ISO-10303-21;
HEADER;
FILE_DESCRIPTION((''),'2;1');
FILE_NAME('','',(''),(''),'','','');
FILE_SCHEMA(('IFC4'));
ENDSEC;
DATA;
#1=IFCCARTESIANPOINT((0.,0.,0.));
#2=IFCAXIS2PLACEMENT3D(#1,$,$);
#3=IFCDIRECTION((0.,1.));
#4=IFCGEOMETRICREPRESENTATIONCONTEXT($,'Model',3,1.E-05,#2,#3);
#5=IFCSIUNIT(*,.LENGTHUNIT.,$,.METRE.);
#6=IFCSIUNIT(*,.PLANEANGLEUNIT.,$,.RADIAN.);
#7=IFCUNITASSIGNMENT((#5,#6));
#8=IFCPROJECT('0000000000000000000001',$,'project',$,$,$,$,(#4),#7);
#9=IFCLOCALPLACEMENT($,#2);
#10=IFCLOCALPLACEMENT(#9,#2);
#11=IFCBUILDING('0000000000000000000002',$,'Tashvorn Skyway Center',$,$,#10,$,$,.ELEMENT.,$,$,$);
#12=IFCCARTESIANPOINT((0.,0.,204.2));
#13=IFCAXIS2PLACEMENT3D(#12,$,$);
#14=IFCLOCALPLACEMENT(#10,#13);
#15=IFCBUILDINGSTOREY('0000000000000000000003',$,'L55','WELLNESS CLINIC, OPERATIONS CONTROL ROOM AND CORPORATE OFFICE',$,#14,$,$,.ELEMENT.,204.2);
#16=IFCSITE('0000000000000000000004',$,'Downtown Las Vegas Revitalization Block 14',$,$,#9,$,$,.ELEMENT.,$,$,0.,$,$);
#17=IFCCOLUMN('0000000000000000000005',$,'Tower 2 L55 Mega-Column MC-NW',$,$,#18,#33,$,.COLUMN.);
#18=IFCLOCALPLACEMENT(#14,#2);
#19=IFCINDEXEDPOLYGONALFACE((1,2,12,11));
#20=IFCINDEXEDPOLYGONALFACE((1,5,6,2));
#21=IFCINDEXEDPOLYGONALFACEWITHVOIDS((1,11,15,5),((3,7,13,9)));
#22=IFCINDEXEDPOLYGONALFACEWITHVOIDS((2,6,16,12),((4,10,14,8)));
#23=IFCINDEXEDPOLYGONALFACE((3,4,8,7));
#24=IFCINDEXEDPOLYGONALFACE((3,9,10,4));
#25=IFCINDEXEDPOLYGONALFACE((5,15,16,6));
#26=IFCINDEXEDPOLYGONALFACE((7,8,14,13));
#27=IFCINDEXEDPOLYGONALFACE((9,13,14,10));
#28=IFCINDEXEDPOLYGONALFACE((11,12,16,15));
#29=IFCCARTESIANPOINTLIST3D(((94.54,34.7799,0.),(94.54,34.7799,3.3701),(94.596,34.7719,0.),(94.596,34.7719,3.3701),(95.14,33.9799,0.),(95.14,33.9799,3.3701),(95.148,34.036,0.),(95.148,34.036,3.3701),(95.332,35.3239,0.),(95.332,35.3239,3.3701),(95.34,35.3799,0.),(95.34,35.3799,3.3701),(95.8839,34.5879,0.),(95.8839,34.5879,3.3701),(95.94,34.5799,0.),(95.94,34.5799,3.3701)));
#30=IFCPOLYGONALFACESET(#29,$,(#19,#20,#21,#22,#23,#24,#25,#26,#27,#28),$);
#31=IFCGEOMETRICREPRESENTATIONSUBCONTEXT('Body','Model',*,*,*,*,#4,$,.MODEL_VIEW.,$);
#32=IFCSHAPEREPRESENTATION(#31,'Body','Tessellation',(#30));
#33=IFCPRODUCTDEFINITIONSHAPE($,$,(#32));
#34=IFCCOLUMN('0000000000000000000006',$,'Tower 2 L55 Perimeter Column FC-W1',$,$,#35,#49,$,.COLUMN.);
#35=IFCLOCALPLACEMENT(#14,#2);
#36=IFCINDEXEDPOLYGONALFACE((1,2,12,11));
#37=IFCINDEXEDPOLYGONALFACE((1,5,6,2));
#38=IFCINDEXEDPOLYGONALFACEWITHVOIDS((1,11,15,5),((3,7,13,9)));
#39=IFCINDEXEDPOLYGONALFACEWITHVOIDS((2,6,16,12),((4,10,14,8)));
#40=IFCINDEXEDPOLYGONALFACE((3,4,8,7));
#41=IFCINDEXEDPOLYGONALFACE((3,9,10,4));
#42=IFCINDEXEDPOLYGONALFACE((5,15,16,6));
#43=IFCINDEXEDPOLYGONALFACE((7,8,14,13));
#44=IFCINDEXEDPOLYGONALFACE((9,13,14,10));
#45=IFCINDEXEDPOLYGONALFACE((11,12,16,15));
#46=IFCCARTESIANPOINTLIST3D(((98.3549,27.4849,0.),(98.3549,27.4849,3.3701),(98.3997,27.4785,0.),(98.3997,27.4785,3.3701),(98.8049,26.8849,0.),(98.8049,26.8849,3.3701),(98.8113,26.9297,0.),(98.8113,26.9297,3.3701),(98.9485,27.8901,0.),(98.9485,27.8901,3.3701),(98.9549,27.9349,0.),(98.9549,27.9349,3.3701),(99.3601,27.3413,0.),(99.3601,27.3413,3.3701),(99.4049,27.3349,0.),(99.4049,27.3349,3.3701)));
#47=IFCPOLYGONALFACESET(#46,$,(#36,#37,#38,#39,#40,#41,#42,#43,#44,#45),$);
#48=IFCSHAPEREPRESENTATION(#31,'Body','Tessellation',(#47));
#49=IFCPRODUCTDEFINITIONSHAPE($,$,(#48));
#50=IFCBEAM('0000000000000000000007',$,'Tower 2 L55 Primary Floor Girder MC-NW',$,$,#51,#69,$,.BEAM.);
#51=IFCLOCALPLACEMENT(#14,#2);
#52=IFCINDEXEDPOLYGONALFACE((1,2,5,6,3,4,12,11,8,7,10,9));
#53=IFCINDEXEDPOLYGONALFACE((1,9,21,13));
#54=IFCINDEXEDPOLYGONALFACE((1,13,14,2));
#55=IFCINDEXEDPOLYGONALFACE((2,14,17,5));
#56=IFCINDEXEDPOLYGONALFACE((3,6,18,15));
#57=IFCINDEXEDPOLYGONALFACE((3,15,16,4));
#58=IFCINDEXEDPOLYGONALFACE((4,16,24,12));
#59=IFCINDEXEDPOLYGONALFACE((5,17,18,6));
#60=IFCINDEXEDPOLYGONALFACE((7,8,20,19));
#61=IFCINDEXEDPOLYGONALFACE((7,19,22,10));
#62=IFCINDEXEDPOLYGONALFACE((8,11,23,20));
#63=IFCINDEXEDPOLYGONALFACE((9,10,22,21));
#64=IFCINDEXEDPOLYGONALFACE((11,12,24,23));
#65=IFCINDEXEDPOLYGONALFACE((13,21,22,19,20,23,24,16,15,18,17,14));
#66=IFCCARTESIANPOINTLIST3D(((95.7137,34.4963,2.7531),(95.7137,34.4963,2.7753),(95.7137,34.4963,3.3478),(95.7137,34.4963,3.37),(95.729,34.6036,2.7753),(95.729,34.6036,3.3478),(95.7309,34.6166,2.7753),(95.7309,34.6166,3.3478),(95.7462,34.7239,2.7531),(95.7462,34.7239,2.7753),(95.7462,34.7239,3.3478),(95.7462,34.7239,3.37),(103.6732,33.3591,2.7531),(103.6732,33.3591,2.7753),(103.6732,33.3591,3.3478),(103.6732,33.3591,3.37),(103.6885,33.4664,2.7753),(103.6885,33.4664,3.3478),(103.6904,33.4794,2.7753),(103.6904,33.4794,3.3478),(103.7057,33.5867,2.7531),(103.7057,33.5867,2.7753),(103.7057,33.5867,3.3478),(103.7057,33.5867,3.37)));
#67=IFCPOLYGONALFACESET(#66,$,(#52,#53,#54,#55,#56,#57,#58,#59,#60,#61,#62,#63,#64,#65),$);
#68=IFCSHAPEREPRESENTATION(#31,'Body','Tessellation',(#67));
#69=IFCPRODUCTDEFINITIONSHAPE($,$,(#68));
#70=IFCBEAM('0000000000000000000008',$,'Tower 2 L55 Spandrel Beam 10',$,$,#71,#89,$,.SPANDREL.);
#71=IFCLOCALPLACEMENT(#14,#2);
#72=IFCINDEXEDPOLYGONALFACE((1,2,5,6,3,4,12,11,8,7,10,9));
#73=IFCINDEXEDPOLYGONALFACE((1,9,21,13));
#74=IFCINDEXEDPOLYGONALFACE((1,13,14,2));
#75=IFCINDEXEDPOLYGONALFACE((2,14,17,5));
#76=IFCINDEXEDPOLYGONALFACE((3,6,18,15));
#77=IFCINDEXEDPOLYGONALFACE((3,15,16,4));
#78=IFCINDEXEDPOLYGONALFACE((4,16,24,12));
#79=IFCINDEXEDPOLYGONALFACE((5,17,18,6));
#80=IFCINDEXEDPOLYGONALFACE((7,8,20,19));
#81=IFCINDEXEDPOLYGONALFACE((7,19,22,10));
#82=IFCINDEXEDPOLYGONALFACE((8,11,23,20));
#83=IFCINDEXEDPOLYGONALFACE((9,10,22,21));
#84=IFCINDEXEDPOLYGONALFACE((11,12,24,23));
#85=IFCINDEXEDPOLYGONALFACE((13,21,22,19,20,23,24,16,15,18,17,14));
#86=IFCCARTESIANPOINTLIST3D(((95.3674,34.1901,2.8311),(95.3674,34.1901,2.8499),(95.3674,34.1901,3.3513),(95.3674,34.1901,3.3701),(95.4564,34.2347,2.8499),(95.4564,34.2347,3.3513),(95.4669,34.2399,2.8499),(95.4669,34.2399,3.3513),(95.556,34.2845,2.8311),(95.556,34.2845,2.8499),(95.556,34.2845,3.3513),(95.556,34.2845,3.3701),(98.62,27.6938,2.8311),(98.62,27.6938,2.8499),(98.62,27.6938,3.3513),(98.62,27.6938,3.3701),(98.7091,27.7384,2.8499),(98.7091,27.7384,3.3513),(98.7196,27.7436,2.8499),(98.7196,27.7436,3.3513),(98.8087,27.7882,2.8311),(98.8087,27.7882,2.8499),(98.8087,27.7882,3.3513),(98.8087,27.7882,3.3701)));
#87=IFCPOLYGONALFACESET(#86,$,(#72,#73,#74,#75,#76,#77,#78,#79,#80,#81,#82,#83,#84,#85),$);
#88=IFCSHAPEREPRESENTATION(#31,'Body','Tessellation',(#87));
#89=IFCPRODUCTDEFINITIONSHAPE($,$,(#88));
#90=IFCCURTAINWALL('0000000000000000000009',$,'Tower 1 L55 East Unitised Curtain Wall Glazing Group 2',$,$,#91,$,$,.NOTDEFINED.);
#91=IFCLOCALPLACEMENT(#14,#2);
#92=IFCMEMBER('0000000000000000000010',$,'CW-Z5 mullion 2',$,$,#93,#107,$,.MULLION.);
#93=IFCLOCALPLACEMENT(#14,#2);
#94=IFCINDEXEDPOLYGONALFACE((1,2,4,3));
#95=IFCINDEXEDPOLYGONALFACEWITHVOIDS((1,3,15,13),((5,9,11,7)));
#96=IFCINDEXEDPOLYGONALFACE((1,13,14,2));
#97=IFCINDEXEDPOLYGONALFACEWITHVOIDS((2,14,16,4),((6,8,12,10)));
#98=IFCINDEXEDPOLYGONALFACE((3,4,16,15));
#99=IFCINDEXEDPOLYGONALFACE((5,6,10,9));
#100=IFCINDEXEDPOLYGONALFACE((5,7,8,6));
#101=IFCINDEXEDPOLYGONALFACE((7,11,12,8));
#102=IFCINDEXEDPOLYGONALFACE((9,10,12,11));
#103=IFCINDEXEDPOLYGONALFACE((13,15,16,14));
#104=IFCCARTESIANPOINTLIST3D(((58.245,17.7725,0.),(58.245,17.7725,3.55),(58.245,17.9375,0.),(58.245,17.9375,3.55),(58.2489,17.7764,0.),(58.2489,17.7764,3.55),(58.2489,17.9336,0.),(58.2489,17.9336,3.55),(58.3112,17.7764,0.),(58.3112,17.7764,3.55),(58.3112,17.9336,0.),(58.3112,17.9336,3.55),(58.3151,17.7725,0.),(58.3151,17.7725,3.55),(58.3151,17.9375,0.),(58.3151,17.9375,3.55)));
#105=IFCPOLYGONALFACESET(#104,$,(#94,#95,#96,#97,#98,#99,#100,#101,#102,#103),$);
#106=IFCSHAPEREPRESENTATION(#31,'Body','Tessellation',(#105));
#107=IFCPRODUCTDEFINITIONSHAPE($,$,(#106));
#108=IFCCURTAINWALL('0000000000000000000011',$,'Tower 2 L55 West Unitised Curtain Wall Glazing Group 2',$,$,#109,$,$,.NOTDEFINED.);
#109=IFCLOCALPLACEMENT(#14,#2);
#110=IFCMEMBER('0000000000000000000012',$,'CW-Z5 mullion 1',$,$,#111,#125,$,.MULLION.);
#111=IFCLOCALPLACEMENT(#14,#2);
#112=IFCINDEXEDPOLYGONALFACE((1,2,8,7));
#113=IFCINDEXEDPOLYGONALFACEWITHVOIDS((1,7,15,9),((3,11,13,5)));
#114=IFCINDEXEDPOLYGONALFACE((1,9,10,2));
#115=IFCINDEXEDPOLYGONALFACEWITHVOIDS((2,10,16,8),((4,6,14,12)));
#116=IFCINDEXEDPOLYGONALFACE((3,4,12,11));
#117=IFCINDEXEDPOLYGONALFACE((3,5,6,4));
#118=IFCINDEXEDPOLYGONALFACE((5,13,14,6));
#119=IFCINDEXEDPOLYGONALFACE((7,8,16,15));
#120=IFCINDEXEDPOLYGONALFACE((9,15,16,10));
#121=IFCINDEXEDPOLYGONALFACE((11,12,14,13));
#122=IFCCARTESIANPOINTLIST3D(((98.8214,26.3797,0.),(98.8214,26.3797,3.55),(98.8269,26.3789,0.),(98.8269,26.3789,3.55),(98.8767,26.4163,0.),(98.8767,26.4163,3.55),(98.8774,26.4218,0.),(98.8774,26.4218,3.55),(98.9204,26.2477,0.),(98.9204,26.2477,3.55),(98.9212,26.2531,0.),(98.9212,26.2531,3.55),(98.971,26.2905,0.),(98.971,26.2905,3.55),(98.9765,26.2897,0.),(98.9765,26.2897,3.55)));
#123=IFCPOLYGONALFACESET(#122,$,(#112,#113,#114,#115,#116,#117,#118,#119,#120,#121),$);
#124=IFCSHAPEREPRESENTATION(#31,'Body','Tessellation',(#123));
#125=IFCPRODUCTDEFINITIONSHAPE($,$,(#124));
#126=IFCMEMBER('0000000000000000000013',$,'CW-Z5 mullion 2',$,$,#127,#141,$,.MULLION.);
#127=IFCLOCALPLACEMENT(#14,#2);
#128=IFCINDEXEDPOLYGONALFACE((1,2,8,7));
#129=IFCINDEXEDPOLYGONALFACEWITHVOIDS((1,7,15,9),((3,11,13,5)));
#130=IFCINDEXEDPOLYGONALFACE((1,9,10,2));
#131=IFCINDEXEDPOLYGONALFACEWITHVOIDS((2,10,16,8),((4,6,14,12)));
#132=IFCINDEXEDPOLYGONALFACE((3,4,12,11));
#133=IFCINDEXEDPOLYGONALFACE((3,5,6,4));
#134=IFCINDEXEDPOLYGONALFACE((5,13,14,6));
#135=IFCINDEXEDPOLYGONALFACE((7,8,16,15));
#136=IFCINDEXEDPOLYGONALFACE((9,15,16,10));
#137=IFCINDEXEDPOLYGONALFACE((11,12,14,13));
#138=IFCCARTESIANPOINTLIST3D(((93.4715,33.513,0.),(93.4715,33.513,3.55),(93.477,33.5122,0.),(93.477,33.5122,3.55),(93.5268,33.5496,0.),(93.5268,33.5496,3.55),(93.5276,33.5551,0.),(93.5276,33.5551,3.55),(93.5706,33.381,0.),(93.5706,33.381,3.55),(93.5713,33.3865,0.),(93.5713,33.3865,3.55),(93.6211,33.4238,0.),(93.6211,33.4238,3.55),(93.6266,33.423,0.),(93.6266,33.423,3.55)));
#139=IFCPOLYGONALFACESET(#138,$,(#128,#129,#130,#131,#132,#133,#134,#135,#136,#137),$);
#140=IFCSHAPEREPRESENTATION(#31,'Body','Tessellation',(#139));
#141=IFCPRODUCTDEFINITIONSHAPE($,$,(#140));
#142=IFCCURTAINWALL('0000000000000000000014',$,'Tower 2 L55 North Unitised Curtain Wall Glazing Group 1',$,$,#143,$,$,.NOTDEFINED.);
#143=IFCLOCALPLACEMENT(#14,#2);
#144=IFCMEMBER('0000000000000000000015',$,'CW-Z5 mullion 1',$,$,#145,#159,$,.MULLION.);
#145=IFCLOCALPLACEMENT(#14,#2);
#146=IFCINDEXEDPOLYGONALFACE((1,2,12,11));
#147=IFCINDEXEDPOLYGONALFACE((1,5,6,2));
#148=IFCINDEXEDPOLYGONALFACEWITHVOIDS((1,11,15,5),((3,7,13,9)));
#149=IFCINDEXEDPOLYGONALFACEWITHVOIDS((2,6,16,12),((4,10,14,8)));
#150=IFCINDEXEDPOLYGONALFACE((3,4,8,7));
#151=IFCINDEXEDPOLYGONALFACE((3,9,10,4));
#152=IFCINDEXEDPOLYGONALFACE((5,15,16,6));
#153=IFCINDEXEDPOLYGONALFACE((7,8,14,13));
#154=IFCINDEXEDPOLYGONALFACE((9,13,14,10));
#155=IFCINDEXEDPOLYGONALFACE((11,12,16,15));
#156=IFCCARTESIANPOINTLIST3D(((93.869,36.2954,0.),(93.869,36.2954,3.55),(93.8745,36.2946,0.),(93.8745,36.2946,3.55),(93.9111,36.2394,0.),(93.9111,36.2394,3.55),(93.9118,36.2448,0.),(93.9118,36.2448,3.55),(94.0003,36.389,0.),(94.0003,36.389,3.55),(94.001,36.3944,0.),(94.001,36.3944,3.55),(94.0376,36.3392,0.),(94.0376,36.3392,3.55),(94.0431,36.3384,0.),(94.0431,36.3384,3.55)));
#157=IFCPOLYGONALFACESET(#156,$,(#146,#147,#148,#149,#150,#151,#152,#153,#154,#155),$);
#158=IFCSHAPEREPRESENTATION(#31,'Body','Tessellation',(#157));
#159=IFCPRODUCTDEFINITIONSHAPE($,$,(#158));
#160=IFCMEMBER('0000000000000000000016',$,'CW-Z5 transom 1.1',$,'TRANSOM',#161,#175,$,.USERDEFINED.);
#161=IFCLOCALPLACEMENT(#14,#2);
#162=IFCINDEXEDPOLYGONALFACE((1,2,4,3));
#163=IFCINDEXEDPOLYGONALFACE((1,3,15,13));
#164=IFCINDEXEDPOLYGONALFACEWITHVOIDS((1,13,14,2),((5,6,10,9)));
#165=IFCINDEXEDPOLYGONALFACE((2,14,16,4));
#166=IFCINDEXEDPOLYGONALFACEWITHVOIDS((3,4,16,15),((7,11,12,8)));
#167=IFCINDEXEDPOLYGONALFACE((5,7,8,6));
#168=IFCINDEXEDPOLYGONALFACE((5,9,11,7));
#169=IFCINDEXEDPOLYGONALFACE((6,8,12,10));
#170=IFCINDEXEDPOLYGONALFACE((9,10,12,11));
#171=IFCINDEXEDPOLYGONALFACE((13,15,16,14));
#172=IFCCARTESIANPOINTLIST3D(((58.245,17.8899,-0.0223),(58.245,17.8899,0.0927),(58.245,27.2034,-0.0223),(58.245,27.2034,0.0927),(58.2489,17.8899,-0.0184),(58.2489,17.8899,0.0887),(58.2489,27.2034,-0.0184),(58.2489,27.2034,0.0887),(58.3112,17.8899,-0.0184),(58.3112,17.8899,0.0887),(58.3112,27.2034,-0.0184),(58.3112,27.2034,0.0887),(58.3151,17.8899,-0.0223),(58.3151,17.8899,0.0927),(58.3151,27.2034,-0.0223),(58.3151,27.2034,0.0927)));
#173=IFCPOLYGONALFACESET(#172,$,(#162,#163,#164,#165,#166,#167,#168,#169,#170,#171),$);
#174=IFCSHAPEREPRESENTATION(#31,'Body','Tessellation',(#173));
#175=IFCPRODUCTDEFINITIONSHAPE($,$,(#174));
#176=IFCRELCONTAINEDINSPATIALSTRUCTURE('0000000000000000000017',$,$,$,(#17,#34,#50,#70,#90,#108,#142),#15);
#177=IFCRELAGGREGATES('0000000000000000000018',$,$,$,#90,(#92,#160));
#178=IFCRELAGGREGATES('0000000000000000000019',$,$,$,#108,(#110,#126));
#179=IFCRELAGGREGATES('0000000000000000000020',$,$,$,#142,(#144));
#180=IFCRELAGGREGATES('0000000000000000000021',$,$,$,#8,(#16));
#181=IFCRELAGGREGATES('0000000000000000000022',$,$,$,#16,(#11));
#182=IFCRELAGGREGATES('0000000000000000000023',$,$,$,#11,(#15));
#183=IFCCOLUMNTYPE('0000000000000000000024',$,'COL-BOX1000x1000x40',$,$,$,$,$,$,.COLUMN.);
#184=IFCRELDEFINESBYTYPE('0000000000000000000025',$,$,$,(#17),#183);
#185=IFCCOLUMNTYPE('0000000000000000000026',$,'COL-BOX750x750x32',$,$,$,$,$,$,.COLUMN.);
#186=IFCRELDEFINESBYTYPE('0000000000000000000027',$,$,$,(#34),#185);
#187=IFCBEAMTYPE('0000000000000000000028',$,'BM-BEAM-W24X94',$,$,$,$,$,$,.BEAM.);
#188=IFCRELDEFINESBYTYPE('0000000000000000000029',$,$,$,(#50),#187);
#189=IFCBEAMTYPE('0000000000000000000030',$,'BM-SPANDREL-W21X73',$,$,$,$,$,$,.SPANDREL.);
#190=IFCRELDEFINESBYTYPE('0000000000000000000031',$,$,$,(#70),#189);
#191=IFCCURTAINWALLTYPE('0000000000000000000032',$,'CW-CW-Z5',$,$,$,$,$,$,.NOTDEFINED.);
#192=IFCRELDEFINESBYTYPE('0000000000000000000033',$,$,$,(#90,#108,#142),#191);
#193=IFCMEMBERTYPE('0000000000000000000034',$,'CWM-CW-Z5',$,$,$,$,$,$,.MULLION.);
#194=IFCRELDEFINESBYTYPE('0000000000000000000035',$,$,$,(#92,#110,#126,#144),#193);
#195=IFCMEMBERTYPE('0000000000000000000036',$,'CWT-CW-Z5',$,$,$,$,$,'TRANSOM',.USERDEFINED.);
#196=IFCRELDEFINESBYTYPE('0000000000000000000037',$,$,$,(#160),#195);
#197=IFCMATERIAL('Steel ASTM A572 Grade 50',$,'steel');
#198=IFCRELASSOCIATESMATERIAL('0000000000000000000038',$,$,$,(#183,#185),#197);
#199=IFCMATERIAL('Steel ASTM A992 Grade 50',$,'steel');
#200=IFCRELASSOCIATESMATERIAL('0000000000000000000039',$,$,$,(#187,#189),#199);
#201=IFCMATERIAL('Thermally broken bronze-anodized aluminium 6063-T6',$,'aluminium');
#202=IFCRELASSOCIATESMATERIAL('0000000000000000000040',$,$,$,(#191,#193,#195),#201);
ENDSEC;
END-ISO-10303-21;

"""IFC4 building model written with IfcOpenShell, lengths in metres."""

from ifc_helpers import new_model, si_unit, direction, frame, origin, origin_2d, place, context, subcontext, project, spatial, hollow_rectangle, i_section, extrude, material, material_profile, profile_set, type_object, element, aggregate, save


model = new_model("IFC4")

# Units and contexts
model_context = context("Model", 3, precision=1e-05, world=origin(), true_north=direction((0.0, 1.0)))
body_context = subcontext(model_context, "Body", "Model", "MODEL_VIEW")
ifc_project = project(units=[si_unit("LENGTHUNIT", "METRE"), si_unit("PLANEANGLEUNIT", "RADIAN")], contexts=[model_context])

# Site, building, storey
site_placement = place(None, origin())
site = spatial("IfcSite", under=ifc_project, at=site_placement, Name="Downtown Las Vegas Revitalization Block 14", CompositionType="ELEMENT", RefElevation=0.0)
building_placement = place(site_placement, origin())
building = spatial("IfcBuilding", under=site, at=building_placement, Name="Tashvorn Skyway Center", CompositionType="ELEMENT")
storey_placement = place(building_placement, frame((0.0, 0.0, 204.2)))
storey = spatial("IfcBuildingStorey", under=building, at=storey_placement, Name="L55", Description="WELLNESS CLINIC, OPERATIONS CONTROL ROOM AND CORPORATE OFFICE", CompositionType="ELEMENT", Elevation=204.2)

# Columns
ifc_material_1 = material(Name="Steel ASTM A572 Grade 50", Category="steel")
ifc_material_profile_1 = material_profile(ifc_material_1, hollow_rectangle(XDim=1.0, YDim=1.0, WallThickness=0.04, at=origin_2d()), Name="BOX1000x1000x40")
ifc_profile_set_1 = profile_set([ifc_material_profile_1], Name="Steel ASTM A572 Grade 50")
column_type_1 = type_object("IfcColumnType", Name="COL-BOX1000x1000x40", PredefinedType="COLUMN", material=ifc_profile_set_1)
column_1_placement = place(storey_placement, frame((95.24, 34.6799, 0.0), z_axis=(0.0, 0.0, 1.0), x_axis=(0.8, 0.6, 0.0)))
element("IfcColumn", 1, at=column_1_placement, inside=storey, type_object=column_type_1, Name="Tower 2 L55 Mega-Column MC-NW", PredefinedType="COLUMN", context=body_context, shape_type="SweptSolid", body=[
    extrude(hollow_rectangle(XDim=1.0, YDim=1.0, WallThickness=0.04, at=origin_2d()), origin(), (0.0, 0.0, 1.0), 3.3701),
])
ifc_material_profile_2 = material_profile(ifc_material_1, hollow_rectangle(XDim=0.75, YDim=0.75, WallThickness=0.032, at=origin_2d()), Name="BOX750x750x32")
ifc_profile_set_2 = profile_set([ifc_material_profile_2], Name="Steel ASTM A572 Grade 50")
column_type_2 = type_object("IfcColumnType", Name="COL-BOX750x750x32", PredefinedType="COLUMN", material=ifc_profile_set_2)
column_2_placement = place(storey_placement, frame((98.8799, 27.4099, 0.0), z_axis=(0.0, 0.0, 1.0), x_axis=(0.8, 0.6, 0.0)))
element("IfcColumn", 2, at=column_2_placement, inside=storey, type_object=column_type_2, Name="Tower 2 L55 Perimeter Column FC-W1", PredefinedType="COLUMN", context=body_context, shape_type="SweptSolid", body=[
    extrude(hollow_rectangle(XDim=0.75, YDim=0.75, WallThickness=0.032, at=origin_2d()), origin(), (0.0, 0.0, 1.0), 3.3701),
])

# Beams
ifc_material_2 = material(Name="Steel ASTM A992 Grade 50", Category="steel")
ifc_material_profile_3 = material_profile(ifc_material_2, i_section(OverallWidth=0.23, OverallDepth=0.6169, WebThickness=0.0132, FlangeThickness=0.0222, at=origin_2d()), Name="W24X94")
ifc_profile_set_3 = profile_set([ifc_material_profile_3], Name="Steel ASTM A992 Grade 50")
beam_type_1 = type_object("IfcBeamType", Name="BM-BEAM-W24X94", PredefinedType="BEAM", material=ifc_profile_set_3)
beam_1_placement = place(storey_placement, frame((95.73, 34.6101, 3.0615), z_axis=(0.989947, -0.141438, 0.0), x_axis=(0.141438, 0.989947, 0.0)))
element("IfcBeam", 3, at=beam_1_placement, inside=storey, type_object=beam_type_1, Name="Tower 2 L55 Primary Floor Girder MC-NW", PredefinedType="BEAM", context=body_context, shape_type="SweptSolid", body=[
    extrude(i_section(OverallWidth=0.23, OverallDepth=0.6169, WebThickness=0.0132, FlangeThickness=0.0222, at=origin_2d()), origin(), (0.0, 0.0, 1.0), 8.0403),
])
ifc_material_profile_4 = material_profile(ifc_material_2, i_section(OverallWidth=0.2109, OverallDepth=0.5391, WebThickness=0.0117, FlangeThickness=0.0188, at=origin_2d()), Name="W21X73")
ifc_profile_set_4 = profile_set([ifc_material_profile_4], Name="Steel ASTM A992 Grade 50")
beam_type_2 = type_object("IfcBeamType", Name="BM-SPANDREL-W21X73", PredefinedType="SPANDREL", material=ifc_profile_set_4)
beam_2_placement = place(storey_placement, frame((95.4617, 34.2373, 3.1006), z_axis=(0.447711, -0.894178, 0.0), x_axis=(0.894178, 0.447711, 0.0)))
element("IfcBeam", 4, at=beam_2_placement, inside=storey, type_object=beam_type_2, Name="Tower 2 L55 Spandrel Beam 10", PredefinedType="SPANDREL", context=body_context, shape_type="SweptSolid", body=[
    extrude(i_section(OverallWidth=0.2109, OverallDepth=0.5391, WebThickness=0.0117, FlangeThickness=0.0188, at=origin_2d()), origin(), (0.0, 0.0, 1.0), 7.2651),
])

# Curtain wall, member
ifc_material_3 = material(Name="Thermally broken bronze-anodized aluminium 6063-T6", Category="aluminium")
curtain_wall_type = type_object("IfcCurtainWallType", Name="CW-CW-Z5", PredefinedType="NOTDEFINED", material=ifc_material_3)
curtain_wall_1_placement = place(storey_placement, origin())
curtain_wall_1 = element("IfcCurtainWall", 5, at=curtain_wall_1_placement, inside=storey, type_object=curtain_wall_type, Name="Tower 1 L55 East Unitised Curtain Wall Glazing Group 2", PredefinedType="NOTDEFINED")
ifc_material_profile_5 = material_profile(ifc_material_3, hollow_rectangle(XDim=0.0701, YDim=0.165, WallThickness=0.0039, at=origin_2d()), Name="ALU-MULL-70x165")
ifc_profile_set_5 = profile_set([ifc_material_profile_5], Name="Thermally broken bronze-anodized aluminium 6063-T6")
member_type_1 = type_object("IfcMemberType", Name="CWM-CW-Z5", PredefinedType="MULLION", material=ifc_profile_set_5)
member_1_placement = place(storey_placement, frame((58.28, 17.855, 0.0), z_axis=(0.0, 0.0, 1.0), x_axis=(1.0, 0.0, 0.0)))
member_1 = element("IfcMember", 6, at=member_1_placement, type_object=member_type_1, Name="CW-Z5 mullion 2", PredefinedType="MULLION", context=body_context, shape_type="SweptSolid", body=[
    extrude(hollow_rectangle(XDim=0.0701, YDim=0.165, WallThickness=0.0039, at=origin_2d()), origin(), (0.0, 0.0, 1.0), 3.55),
])

# Curtain wall, members
curtain_wall_2_placement = place(storey_placement, origin())
curtain_wall_2 = element("IfcCurtainWall", 7, at=curtain_wall_2_placement, inside=storey, type_object=curtain_wall_type, Name="Tower 2 L55 West Unitised Curtain Wall Glazing Group 2", PredefinedType="NOTDEFINED")
member_2_placement = place(storey_placement, frame((98.8989, 26.3347, 0.0), z_axis=(0.0, 0.0, 1.0), x_axis=(-0.799999, -0.600002, 0.0)))
member_2 = element("IfcMember", 8, at=member_2_placement, type_object=member_type_1, Name="CW-Z5 mullion 1", PredefinedType="MULLION", context=body_context, shape_type="SweptSolid", body=[
    extrude(hollow_rectangle(XDim=0.0701, YDim=0.165, WallThickness=0.0039, at=origin_2d()), origin(), (0.0, 0.0, 1.0), 3.55),
])
member_3_placement = place(storey_placement, frame((93.5491, 33.468, 0.0), z_axis=(0.0, 0.0, 1.0), x_axis=(-0.799999, -0.600002, 0.0)))
member_3 = element("IfcMember", 9, at=member_3_placement, type_object=member_type_1, Name="CW-Z5 mullion 2", PredefinedType="MULLION", context=body_context, shape_type="SweptSolid", body=[
    extrude(hollow_rectangle(XDim=0.0701, YDim=0.165, WallThickness=0.0039, at=origin_2d()), origin(), (0.0, 0.0, 1.0), 3.55),
])

# Curtain wall, member
curtain_wall_3_placement = place(storey_placement, origin())
curtain_wall_3 = element("IfcCurtainWall", 10, at=curtain_wall_3_placement, inside=storey, type_object=curtain_wall_type, Name="Tower 2 L55 North Unitised Curtain Wall Glazing Group 1", PredefinedType="NOTDEFINED")
member_4_placement = place(storey_placement, frame((93.9561, 36.3169, 0.0), z_axis=(0.0, 0.0, 1.0), x_axis=(-0.600002, 0.799999, 0.0)))
member_4 = element("IfcMember", 11, at=member_4_placement, type_object=member_type_1, Name="CW-Z5 mullion 1", PredefinedType="MULLION", context=body_context, shape_type="SweptSolid", body=[
    extrude(hollow_rectangle(XDim=0.0701, YDim=0.165, WallThickness=0.0039, at=origin_2d()), origin(), (0.0, 0.0, 1.0), 3.55),
])

# Member
ifc_material_profile_6 = material_profile(ifc_material_3, hollow_rectangle(XDim=0.0701, YDim=0.115, WallThickness=0.0039, at=origin_2d()), Name="ALU-TRAN-70x115")
ifc_profile_set_6 = profile_set([ifc_material_profile_6], Name="Thermally broken bronze-anodized aluminium 6063-T6")
member_type_2 = type_object("IfcMemberType", Name="CWT-CW-Z5", ElementType="TRANSOM", PredefinedType="USERDEFINED", material=ifc_profile_set_6)
member_5_placement = place(storey_placement, frame((58.28, 27.2034, 0.0352), z_axis=(0.0, -1.0, 0.0), x_axis=(1.0, 0.0, 0.0)))
member_5 = element("IfcMember", 12, at=member_5_placement, type_object=member_type_2, Name="CW-Z5 transom 1.1", ObjectType="TRANSOM", PredefinedType="USERDEFINED", context=body_context, shape_type="SweptSolid", body=[
    extrude(hollow_rectangle(XDim=0.0701, YDim=0.115, WallThickness=0.0039, at=origin_2d()), origin(), (0.0, 0.0, 1.0), 9.3135),
])

aggregate(curtain_wall_1, [member_1, member_5])
aggregate(curtain_wall_2, [member_2, member_3])
aggregate(curtain_wall_3, [member_4])

save(model, "model.ifc")
